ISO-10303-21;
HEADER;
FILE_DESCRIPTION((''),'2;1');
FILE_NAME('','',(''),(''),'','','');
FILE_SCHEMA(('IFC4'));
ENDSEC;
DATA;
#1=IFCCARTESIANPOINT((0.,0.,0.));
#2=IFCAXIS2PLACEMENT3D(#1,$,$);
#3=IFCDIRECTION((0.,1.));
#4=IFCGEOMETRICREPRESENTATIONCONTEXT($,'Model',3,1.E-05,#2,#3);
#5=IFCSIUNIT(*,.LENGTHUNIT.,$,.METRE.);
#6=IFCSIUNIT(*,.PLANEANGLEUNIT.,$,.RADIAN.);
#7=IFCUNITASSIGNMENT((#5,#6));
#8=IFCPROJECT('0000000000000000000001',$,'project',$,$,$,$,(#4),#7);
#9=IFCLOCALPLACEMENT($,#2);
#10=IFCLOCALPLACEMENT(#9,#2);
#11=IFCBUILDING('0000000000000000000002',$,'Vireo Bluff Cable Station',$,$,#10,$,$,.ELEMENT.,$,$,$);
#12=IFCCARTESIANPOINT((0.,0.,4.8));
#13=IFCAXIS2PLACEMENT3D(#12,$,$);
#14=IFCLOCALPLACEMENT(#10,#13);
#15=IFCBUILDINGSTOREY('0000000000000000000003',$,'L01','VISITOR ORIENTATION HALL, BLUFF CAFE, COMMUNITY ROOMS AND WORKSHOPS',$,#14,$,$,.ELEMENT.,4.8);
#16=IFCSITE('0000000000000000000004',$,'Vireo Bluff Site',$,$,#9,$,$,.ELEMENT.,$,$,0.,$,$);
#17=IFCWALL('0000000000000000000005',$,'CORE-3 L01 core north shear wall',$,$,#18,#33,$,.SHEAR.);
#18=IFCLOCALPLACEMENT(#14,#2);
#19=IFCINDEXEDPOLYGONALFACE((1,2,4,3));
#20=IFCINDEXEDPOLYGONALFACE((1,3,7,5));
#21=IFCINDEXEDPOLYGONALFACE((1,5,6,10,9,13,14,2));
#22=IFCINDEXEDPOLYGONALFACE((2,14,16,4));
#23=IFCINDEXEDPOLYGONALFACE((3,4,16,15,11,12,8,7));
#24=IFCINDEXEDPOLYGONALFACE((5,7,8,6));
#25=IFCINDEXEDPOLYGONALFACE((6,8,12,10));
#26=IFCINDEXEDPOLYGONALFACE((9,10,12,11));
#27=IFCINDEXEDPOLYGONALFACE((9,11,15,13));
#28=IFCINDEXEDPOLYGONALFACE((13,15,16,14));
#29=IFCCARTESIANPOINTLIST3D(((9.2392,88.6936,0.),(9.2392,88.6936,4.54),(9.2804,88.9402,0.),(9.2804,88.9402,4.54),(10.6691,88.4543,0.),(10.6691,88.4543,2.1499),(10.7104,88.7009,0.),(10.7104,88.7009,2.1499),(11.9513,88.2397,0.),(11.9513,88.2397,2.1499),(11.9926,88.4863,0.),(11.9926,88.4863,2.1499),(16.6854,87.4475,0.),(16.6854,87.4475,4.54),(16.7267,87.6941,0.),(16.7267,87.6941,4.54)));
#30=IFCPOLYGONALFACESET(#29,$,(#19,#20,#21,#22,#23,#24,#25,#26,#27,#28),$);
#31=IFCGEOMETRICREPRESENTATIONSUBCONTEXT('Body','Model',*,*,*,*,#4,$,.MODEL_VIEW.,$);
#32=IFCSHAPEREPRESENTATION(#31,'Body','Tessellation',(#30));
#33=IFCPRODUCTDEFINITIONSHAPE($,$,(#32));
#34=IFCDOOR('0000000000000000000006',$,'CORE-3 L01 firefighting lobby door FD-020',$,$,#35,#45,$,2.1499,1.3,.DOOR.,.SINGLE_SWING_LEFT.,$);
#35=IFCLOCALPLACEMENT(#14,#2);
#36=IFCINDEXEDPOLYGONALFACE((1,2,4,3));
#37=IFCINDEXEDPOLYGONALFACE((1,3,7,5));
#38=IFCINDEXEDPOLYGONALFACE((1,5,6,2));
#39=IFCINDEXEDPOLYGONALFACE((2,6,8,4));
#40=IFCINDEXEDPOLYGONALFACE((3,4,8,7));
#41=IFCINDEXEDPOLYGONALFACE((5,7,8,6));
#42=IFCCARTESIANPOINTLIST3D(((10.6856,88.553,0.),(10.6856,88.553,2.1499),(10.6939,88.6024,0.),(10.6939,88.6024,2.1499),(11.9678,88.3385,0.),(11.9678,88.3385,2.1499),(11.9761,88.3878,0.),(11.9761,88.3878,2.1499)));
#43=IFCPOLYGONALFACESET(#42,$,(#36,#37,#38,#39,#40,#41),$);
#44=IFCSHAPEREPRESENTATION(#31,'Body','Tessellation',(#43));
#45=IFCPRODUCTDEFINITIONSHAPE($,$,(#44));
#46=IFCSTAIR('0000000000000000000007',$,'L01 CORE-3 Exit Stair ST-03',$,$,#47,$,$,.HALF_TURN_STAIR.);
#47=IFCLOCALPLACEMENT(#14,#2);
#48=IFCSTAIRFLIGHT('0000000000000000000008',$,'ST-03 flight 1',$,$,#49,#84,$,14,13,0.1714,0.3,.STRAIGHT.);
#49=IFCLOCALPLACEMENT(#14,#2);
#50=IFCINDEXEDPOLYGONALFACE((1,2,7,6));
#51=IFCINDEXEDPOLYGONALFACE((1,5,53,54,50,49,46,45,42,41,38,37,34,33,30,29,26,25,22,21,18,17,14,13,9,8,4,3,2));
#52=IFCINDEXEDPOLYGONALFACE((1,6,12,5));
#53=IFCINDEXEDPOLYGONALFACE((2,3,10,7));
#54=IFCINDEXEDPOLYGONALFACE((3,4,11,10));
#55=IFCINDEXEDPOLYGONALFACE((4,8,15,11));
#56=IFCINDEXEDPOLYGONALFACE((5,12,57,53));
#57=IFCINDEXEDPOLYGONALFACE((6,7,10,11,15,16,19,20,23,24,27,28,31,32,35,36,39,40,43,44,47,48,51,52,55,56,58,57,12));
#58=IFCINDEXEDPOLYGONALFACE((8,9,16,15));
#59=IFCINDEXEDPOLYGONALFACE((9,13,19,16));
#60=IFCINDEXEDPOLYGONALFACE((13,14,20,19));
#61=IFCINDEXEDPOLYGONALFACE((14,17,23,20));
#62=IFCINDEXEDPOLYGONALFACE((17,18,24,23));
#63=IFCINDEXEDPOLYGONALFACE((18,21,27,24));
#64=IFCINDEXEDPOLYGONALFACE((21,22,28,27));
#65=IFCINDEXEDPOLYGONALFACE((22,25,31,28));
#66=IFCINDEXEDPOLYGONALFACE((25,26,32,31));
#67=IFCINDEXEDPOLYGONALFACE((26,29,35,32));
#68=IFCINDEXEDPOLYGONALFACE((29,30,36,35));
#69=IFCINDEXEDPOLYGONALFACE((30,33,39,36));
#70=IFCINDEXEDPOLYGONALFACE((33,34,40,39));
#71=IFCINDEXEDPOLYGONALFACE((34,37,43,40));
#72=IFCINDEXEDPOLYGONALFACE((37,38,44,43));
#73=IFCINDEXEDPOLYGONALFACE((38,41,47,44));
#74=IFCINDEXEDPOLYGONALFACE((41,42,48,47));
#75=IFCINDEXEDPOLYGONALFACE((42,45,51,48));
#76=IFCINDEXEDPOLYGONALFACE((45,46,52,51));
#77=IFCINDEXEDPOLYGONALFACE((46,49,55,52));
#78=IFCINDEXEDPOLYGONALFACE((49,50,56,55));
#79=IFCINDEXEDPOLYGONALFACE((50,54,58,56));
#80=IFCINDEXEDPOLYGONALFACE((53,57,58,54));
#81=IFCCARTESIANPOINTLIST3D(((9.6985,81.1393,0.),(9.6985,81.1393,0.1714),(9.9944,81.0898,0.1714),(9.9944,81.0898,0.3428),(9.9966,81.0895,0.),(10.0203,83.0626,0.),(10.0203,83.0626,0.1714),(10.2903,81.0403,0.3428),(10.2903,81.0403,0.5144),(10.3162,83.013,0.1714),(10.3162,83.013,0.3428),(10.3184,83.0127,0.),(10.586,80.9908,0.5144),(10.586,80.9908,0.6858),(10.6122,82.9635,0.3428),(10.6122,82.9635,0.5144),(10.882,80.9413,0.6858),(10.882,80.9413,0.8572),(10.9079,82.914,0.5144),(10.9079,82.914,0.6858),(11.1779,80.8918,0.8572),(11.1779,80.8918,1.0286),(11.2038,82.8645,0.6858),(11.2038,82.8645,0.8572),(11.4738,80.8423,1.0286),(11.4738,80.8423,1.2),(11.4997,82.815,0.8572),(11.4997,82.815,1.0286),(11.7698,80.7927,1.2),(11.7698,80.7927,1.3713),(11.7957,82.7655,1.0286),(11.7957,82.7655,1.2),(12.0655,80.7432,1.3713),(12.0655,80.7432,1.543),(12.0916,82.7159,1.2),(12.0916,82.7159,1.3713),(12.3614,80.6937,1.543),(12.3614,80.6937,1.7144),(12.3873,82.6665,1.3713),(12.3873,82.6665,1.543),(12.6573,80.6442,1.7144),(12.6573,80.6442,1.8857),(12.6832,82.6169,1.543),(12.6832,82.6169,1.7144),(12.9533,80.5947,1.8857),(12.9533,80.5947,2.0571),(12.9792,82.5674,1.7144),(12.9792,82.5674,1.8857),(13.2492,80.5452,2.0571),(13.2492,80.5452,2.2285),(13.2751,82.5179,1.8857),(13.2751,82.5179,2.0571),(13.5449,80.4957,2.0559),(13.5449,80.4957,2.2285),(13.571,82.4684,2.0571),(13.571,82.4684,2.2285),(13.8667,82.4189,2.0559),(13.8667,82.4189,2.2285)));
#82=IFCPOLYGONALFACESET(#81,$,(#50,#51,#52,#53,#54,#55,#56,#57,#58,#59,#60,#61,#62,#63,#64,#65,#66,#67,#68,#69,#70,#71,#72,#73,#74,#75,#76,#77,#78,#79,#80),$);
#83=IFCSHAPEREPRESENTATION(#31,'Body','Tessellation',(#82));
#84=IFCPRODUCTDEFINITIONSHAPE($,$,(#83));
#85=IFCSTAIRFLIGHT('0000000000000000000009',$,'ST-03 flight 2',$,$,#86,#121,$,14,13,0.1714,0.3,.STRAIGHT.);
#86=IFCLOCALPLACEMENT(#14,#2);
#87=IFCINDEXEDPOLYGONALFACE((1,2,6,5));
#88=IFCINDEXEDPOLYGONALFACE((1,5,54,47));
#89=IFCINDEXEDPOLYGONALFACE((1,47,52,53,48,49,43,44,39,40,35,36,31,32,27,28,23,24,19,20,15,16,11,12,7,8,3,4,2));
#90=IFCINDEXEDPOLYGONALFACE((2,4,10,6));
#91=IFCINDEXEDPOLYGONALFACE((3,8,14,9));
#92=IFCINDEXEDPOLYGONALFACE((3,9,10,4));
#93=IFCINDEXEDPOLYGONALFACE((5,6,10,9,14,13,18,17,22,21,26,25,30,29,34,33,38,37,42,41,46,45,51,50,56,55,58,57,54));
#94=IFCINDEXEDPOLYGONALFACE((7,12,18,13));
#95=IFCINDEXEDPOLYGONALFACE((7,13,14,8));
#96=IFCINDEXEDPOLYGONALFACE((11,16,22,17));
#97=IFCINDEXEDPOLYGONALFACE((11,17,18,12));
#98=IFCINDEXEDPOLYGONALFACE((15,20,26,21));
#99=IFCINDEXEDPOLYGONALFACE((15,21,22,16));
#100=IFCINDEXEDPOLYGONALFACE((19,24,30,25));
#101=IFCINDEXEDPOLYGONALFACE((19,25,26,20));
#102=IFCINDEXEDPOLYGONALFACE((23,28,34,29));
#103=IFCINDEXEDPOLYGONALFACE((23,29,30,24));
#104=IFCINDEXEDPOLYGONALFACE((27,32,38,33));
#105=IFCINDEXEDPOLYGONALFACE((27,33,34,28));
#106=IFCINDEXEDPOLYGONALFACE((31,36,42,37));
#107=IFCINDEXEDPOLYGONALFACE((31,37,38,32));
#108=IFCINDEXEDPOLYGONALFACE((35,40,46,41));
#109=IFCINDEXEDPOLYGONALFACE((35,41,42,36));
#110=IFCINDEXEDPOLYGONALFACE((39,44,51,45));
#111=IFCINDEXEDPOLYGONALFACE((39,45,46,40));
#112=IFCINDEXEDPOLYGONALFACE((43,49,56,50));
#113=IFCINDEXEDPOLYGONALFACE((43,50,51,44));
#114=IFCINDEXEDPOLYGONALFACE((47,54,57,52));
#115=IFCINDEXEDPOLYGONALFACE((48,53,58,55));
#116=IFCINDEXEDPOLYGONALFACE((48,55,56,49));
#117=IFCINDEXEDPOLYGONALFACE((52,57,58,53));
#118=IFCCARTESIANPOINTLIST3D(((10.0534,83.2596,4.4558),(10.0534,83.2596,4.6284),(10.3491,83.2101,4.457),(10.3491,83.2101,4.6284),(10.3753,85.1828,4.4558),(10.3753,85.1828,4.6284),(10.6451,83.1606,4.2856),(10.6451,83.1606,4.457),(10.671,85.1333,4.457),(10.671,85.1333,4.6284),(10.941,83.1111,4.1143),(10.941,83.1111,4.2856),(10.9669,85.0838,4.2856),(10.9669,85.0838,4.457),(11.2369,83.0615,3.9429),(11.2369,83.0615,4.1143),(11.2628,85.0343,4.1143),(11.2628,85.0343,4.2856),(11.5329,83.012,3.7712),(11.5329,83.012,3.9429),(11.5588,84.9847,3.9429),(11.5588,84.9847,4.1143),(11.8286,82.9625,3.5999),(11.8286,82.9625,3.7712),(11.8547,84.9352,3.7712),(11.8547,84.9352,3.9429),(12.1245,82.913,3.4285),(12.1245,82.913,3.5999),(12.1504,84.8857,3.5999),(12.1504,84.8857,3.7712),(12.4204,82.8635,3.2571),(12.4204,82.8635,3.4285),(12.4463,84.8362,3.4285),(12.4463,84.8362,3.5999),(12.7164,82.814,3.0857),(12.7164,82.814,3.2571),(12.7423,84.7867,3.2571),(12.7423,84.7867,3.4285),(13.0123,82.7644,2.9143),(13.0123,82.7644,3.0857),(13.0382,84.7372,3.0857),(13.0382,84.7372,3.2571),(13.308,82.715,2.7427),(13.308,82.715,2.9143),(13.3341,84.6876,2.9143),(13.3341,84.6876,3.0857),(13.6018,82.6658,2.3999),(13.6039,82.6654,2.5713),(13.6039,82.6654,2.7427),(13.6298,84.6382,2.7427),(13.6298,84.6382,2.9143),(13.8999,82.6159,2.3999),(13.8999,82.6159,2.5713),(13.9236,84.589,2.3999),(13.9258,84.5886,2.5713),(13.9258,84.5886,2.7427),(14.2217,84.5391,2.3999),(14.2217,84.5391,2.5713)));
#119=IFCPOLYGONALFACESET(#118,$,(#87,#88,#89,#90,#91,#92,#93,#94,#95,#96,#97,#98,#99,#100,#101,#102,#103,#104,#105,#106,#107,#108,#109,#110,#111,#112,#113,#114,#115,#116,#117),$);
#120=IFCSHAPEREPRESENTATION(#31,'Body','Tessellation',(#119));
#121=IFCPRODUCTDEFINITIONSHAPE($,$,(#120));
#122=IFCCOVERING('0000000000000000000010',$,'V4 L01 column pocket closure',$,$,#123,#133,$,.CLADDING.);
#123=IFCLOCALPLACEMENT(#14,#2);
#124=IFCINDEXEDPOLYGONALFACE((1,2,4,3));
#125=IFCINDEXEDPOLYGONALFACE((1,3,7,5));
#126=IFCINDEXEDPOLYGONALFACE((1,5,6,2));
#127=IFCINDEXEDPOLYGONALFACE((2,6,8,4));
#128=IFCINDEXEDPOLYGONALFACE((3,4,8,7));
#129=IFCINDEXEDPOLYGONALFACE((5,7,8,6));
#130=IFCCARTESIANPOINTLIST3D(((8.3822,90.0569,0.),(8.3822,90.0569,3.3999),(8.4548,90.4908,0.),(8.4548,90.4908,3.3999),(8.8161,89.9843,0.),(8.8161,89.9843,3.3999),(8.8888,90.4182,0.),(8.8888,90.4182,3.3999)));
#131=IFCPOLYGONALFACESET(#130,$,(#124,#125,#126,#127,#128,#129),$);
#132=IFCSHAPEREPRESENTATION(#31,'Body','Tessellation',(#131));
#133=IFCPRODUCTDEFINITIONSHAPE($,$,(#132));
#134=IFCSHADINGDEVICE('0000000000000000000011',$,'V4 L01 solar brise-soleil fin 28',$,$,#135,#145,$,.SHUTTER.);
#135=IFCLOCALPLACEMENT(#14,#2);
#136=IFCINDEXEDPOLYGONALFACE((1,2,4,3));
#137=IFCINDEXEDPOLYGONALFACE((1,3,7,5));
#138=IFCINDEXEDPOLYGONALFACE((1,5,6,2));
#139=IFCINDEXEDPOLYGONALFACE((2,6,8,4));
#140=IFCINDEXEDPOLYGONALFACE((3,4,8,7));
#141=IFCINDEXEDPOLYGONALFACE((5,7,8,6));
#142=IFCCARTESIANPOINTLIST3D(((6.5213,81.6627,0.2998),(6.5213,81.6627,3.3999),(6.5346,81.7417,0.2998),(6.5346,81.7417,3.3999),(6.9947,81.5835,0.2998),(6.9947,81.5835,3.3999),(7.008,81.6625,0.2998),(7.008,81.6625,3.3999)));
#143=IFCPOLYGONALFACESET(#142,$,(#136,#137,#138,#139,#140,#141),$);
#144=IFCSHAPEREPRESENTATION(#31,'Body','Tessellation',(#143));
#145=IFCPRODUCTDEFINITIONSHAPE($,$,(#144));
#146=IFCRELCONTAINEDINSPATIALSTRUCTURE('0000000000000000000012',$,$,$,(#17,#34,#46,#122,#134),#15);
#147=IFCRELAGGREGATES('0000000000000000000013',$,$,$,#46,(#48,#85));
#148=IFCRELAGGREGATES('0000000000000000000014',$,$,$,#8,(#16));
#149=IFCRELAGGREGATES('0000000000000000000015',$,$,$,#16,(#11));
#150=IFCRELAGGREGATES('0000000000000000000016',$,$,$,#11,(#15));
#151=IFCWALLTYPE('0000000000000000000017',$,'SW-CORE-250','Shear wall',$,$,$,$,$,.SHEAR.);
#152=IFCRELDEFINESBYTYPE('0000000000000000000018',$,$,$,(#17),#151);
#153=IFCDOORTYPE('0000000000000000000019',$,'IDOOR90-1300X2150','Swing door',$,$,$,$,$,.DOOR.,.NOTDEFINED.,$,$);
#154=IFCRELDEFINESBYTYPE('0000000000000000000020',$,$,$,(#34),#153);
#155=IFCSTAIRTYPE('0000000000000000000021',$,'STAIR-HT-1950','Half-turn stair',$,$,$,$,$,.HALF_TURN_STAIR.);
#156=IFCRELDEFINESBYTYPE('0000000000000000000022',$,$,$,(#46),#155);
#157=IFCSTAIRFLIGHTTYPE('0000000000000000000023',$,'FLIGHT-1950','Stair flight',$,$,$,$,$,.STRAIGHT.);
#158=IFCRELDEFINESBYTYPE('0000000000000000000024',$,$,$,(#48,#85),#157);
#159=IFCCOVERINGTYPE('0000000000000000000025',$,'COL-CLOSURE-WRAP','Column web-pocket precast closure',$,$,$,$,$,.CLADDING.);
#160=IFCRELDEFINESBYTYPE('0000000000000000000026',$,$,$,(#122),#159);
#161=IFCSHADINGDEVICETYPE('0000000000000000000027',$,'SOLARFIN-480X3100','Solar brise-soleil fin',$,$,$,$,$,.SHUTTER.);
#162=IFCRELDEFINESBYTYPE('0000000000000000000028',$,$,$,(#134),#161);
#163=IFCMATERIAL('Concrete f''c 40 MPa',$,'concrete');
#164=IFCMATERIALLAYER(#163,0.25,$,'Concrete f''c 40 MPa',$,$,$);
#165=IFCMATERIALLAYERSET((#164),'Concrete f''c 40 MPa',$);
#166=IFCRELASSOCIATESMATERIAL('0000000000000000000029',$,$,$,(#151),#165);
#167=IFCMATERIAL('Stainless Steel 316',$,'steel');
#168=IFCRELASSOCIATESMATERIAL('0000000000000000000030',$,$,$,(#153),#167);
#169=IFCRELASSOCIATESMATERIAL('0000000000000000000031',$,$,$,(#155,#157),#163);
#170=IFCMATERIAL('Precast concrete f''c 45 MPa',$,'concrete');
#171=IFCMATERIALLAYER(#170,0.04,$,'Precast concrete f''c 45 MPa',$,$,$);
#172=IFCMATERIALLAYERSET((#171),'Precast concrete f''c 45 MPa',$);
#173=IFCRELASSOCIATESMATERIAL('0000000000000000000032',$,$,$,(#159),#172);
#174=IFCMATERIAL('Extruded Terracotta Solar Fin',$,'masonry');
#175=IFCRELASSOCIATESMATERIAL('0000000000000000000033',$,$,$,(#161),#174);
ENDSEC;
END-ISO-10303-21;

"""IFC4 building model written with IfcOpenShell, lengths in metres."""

from ifc_helpers import new_model, si_unit, direction, frame, frame_2d, origin, origin_with_axes, origin_2d, place, context, subcontext, project, spatial, polyline, rectangle, outline, extrude, material, layer, layer_set, type_object, element, fill, aggregate, save


model = new_model("IFC4")

# Units and contexts
model_context = context("Model", 3, precision=1e-05, world=origin(), true_north=direction((0.0, 1.0)))
body_context = subcontext(model_context, "Body", "Model", "MODEL_VIEW")
ifc_project = project(units=[si_unit("LENGTHUNIT", "METRE"), si_unit("PLANEANGLEUNIT", "RADIAN")], contexts=[model_context])

# Site, building, storey
site_placement = place(None, origin())
site = spatial("IfcSite", under=ifc_project, at=site_placement, Name="Vireo Bluff Site", CompositionType="ELEMENT", RefElevation=0.0)
building_placement = place(site_placement, origin())
building = spatial("IfcBuilding", under=site, at=building_placement, Name="Vireo Bluff Cable Station", CompositionType="ELEMENT")
storey_placement = place(building_placement, frame((0.0, 0.0, 4.8)))
storey = spatial("IfcBuildingStorey", under=building, at=storey_placement, Name="L01", Description="VISITOR ORIENTATION HALL, BLUFF CAFE, COMMUNITY ROOMS AND WORKSHOPS", CompositionType="ELEMENT", Elevation=4.8)

# Shared definitions
ifc_material_1 = material(Name="Concrete f'c 40 MPa", Category="concrete")
ifc_layer_1 = layer(ifc_material_1, 0.25, Name="Concrete f'c 40 MPa")
ifc_layer_set_1 = layer_set([ifc_layer_1], Name="Concrete f'c 40 MPa")
wall_type_1 = type_object("IfcWallType", Name="SW-CORE-250", Description="Shear wall", PredefinedType="SHEAR", material=ifc_layer_set_1)

# Wall, opening, door
ifc_material_2 = material(Name="Stainless Steel 316", Category="steel")
wall_1_placement = place(storey_placement, frame((16.7061, 87.5708, 0.0), z_axis=(0.0, 0.0, 1.0), x_axis=(-0.986285, 0.165049, 0.0)))
wall_1 = element("IfcWall", 1, at=wall_1_placement, inside=storey, type_object=wall_type_1, Name="CORE-3 L01 core north shear wall", PredefinedType="SHEAR", context=body_context, shape_type="SweptSolid", body=[
    extrude(rectangle(XDim=7.5498, YDim=0.25, at=frame_2d((3.7749, 0.0))), origin(), (0.0, 0.0, 1.0), 4.54),
])
opening_1_placement = place(wall_1_placement, frame((4.8, 0.0, 0.0)))
opening_1 = element("IfcOpeningElement", 2, at=opening_1_placement, cuts=wall_1, PredefinedType="OPENING", context=body_context, shape_type="SweptSolid", body=[
    extrude(rectangle(XDim=1.3, YDim=2.1499, at=frame_2d((0.6499, 1.075))), frame((0.0, 0.135, 0.0), z_axis=(0.0, -1.0, 0.0), x_axis=(1.0, 0.0, 0.0)), (0.0, 0.0, 1.0), 0.27),
])
door_type_1 = type_object("IfcDoorType", Name="IDOOR90-1300X2150", Description="Swing door", OperationType="NOTDEFINED", PredefinedType="DOOR", material=ifc_material_2)
door_1_placement = place(opening_1_placement, origin_with_axes())
door_1 = element("IfcDoor", 3, at=door_1_placement, inside=storey, type_object=door_type_1, Name="CORE-3 L01 firefighting lobby door FD-020", OperationType="SINGLE_SWING_LEFT", OverallHeight=2.1499, OverallWidth=1.3, PredefinedType="DOOR", context=body_context, shape_type="SweptSolid", body=[
    extrude(rectangle(XDim=1.3, YDim=2.1499, at=frame_2d((0.6499, 1.075))), frame((0.0, 0.0249, 0.0), z_axis=(0.0, -1.0, 0.0), x_axis=(1.0, 0.0, 0.0)), (0.0, 0.0, 1.0), 0.05),
])
fill(opening_1, door_1)

# Stair, stair flights
stair_type = type_object("IfcStairType", Name="STAIR-HT-1950", Description="Half-turn stair", PredefinedType="HALF_TURN_STAIR", material=ifc_material_1)
stair_placement = place(storey_placement, origin())
stair = element("IfcStair", 4, at=stair_placement, inside=storey, type_object=stair_type, Name="L01 CORE-3 Exit Stair ST-03", PredefinedType="HALF_TURN_STAIR")
stair_flight_type = type_object("IfcStairFlightType", Name="FLIGHT-1950", Description="Stair flight", PredefinedType="STRAIGHT", material=ifc_material_1)
stair_flight_1_placement = place(storey_placement, frame((9.8594, 82.1008, 0.0), z_axis=(0.0, 0.0, 1.0), x_axis=(0.986286, -0.165048, 0.0)))
stair_flight_1 = element("IfcStairFlight", 5, at=stair_flight_1_placement, type_object=stair_flight_type, Name="ST-03 flight 1", NumberOfRisers=14, NumberOfTreads=13, PredefinedType="STRAIGHT", RiserHeight=0.1714, TreadLength=0.3, context=body_context, shape_type="SweptSolid", body=[
    extrude(outline(polyline([(0.0, 0.0), (0.0, 0.1714), (0.3, 0.1714), (0.3, 0.3428), (0.6001, 0.3428), (0.6001, 0.5144), (0.8999, 0.5144), (0.8999, 0.6858), (1.2, 0.6858), (1.2, 0.8572), (1.5, 0.8572), (1.5, 1.0286), (1.8, 1.0286), (1.8, 1.2), (2.1001, 1.2), (2.1001, 1.3713), (2.3999, 1.3713), (2.3999, 1.543), (2.7, 1.543), (2.7, 1.7144), (3.0, 1.7144), (3.0, 1.8857), (3.3, 1.8857), (3.3, 2.0571), (3.6001, 2.0571), (3.6001, 2.2285), (3.8999, 2.2285), (3.8999, 2.3999), (3.8999, 2.0559), (0.3022, 0.0), (0.0, 0.0)])), frame((0.0, 0.9751, 0.0), z_axis=(0.0, -1.0, 0.0), x_axis=(1.0, 0.0, 0.0)), (0.0, 0.0, 1.0), 1.95),
])
stair_flight_2_placement = place(storey_placement, frame((14.0608, 83.5776, 2.3999), z_axis=(0.0, 0.0, 1.0), x_axis=(-0.986286, 0.165048, 0.0)))
stair_flight_2 = element("IfcStairFlight", 6, at=stair_flight_2_placement, type_object=stair_flight_type, Name="ST-03 flight 2", NumberOfRisers=14, NumberOfTreads=13, PredefinedType="STRAIGHT", RiserHeight=0.1714, TreadLength=0.3, context=body_context, shape_type="SweptSolid", body=[
    extrude(outline(polyline([(0.0, 0.0), (0.0, 0.1714), (0.3, 0.1714), (0.3, 0.3428), (0.6001, 0.3428), (0.6001, 0.5144), (0.8999, 0.5144), (0.8999, 0.6858), (1.2, 0.6858), (1.2, 0.8572), (1.5, 0.8572), (1.5, 1.0286), (1.8, 1.0286), (1.8, 1.2), (2.1001, 1.2), (2.1001, 1.3713), (2.3999, 1.3713), (2.3999, 1.543), (2.7, 1.543), (2.7, 1.7144), (3.0, 1.7144), (3.0, 1.8857), (3.3, 1.8857), (3.3, 2.0571), (3.6001, 2.0571), (3.6001, 2.2285), (3.8999, 2.2285), (3.8999, 2.3999), (3.8999, 2.0559), (0.3022, 0.0), (0.0, 0.0)])), frame((0.0, 0.9751, 0.0), z_axis=(0.0, -1.0, 0.0), x_axis=(1.0, 0.0, 0.0)), (0.0, 0.0, 1.0), 1.95),
])
aggregate(stair, [stair_flight_1, stair_flight_2])

# Covering
ifc_material_3 = material(Name="Precast concrete f'c 45 MPa", Category="concrete")
ifc_layer_2 = layer(ifc_material_3, 0.04, Name="Precast concrete f'c 45 MPa")
ifc_layer_set_2 = layer_set([ifc_layer_2], Name="Precast concrete f'c 45 MPa")
covering_type = type_object("IfcCoveringType", Name="COL-CLOSURE-WRAP", Description="Column web-pocket precast closure", PredefinedType="CLADDING", material=ifc_layer_set_2)
covering_placement = place(storey_placement, frame((8.6355, 90.2375, 0.0), z_axis=(0.0, 0.0, 1.0), x_axis=(0.986286, -0.165048, 0.0)))
element("IfcCovering", 7, at=covering_placement, inside=storey, type_object=covering_type, Name="V4 L01 column pocket closure", PredefinedType="CLADDING", context=body_context, shape_type="SweptSolid", body=[
    extrude(rectangle(XDim=0.4399, YDim=0.4399, at=origin_2d()), origin(), (0.0, 0.0, 1.0), 3.3999),
])

# Shading device
ifc_material_4 = material(Name="Extruded Terracotta Solar Fin", Category="masonry")
shading_device_type = type_object("IfcShadingDeviceType", Name="SOLARFIN-480X3100", Description="Solar brise-soleil fin", PredefinedType="SHUTTER", material=ifc_material_4)
shading_device_placement = place(storey_placement, frame((6.7646, 81.6626, 0.2998), z_axis=(0.0, 0.0, 1.0), x_axis=(0.165048, 0.986286, 0.0)))
element("IfcShadingDevice", 8, at=shading_device_placement, inside=storey, type_object=shading_device_type, Name="V4 L01 solar brise-soleil fin 28", PredefinedType="SHUTTER", context=body_context, shape_type="SweptSolid", body=[
    extrude(rectangle(XDim=0.0801, YDim=0.48, at=origin_2d()), origin(), (0.0, 0.0, 1.0), 3.1001),
])

save(model, "model.ifc")
